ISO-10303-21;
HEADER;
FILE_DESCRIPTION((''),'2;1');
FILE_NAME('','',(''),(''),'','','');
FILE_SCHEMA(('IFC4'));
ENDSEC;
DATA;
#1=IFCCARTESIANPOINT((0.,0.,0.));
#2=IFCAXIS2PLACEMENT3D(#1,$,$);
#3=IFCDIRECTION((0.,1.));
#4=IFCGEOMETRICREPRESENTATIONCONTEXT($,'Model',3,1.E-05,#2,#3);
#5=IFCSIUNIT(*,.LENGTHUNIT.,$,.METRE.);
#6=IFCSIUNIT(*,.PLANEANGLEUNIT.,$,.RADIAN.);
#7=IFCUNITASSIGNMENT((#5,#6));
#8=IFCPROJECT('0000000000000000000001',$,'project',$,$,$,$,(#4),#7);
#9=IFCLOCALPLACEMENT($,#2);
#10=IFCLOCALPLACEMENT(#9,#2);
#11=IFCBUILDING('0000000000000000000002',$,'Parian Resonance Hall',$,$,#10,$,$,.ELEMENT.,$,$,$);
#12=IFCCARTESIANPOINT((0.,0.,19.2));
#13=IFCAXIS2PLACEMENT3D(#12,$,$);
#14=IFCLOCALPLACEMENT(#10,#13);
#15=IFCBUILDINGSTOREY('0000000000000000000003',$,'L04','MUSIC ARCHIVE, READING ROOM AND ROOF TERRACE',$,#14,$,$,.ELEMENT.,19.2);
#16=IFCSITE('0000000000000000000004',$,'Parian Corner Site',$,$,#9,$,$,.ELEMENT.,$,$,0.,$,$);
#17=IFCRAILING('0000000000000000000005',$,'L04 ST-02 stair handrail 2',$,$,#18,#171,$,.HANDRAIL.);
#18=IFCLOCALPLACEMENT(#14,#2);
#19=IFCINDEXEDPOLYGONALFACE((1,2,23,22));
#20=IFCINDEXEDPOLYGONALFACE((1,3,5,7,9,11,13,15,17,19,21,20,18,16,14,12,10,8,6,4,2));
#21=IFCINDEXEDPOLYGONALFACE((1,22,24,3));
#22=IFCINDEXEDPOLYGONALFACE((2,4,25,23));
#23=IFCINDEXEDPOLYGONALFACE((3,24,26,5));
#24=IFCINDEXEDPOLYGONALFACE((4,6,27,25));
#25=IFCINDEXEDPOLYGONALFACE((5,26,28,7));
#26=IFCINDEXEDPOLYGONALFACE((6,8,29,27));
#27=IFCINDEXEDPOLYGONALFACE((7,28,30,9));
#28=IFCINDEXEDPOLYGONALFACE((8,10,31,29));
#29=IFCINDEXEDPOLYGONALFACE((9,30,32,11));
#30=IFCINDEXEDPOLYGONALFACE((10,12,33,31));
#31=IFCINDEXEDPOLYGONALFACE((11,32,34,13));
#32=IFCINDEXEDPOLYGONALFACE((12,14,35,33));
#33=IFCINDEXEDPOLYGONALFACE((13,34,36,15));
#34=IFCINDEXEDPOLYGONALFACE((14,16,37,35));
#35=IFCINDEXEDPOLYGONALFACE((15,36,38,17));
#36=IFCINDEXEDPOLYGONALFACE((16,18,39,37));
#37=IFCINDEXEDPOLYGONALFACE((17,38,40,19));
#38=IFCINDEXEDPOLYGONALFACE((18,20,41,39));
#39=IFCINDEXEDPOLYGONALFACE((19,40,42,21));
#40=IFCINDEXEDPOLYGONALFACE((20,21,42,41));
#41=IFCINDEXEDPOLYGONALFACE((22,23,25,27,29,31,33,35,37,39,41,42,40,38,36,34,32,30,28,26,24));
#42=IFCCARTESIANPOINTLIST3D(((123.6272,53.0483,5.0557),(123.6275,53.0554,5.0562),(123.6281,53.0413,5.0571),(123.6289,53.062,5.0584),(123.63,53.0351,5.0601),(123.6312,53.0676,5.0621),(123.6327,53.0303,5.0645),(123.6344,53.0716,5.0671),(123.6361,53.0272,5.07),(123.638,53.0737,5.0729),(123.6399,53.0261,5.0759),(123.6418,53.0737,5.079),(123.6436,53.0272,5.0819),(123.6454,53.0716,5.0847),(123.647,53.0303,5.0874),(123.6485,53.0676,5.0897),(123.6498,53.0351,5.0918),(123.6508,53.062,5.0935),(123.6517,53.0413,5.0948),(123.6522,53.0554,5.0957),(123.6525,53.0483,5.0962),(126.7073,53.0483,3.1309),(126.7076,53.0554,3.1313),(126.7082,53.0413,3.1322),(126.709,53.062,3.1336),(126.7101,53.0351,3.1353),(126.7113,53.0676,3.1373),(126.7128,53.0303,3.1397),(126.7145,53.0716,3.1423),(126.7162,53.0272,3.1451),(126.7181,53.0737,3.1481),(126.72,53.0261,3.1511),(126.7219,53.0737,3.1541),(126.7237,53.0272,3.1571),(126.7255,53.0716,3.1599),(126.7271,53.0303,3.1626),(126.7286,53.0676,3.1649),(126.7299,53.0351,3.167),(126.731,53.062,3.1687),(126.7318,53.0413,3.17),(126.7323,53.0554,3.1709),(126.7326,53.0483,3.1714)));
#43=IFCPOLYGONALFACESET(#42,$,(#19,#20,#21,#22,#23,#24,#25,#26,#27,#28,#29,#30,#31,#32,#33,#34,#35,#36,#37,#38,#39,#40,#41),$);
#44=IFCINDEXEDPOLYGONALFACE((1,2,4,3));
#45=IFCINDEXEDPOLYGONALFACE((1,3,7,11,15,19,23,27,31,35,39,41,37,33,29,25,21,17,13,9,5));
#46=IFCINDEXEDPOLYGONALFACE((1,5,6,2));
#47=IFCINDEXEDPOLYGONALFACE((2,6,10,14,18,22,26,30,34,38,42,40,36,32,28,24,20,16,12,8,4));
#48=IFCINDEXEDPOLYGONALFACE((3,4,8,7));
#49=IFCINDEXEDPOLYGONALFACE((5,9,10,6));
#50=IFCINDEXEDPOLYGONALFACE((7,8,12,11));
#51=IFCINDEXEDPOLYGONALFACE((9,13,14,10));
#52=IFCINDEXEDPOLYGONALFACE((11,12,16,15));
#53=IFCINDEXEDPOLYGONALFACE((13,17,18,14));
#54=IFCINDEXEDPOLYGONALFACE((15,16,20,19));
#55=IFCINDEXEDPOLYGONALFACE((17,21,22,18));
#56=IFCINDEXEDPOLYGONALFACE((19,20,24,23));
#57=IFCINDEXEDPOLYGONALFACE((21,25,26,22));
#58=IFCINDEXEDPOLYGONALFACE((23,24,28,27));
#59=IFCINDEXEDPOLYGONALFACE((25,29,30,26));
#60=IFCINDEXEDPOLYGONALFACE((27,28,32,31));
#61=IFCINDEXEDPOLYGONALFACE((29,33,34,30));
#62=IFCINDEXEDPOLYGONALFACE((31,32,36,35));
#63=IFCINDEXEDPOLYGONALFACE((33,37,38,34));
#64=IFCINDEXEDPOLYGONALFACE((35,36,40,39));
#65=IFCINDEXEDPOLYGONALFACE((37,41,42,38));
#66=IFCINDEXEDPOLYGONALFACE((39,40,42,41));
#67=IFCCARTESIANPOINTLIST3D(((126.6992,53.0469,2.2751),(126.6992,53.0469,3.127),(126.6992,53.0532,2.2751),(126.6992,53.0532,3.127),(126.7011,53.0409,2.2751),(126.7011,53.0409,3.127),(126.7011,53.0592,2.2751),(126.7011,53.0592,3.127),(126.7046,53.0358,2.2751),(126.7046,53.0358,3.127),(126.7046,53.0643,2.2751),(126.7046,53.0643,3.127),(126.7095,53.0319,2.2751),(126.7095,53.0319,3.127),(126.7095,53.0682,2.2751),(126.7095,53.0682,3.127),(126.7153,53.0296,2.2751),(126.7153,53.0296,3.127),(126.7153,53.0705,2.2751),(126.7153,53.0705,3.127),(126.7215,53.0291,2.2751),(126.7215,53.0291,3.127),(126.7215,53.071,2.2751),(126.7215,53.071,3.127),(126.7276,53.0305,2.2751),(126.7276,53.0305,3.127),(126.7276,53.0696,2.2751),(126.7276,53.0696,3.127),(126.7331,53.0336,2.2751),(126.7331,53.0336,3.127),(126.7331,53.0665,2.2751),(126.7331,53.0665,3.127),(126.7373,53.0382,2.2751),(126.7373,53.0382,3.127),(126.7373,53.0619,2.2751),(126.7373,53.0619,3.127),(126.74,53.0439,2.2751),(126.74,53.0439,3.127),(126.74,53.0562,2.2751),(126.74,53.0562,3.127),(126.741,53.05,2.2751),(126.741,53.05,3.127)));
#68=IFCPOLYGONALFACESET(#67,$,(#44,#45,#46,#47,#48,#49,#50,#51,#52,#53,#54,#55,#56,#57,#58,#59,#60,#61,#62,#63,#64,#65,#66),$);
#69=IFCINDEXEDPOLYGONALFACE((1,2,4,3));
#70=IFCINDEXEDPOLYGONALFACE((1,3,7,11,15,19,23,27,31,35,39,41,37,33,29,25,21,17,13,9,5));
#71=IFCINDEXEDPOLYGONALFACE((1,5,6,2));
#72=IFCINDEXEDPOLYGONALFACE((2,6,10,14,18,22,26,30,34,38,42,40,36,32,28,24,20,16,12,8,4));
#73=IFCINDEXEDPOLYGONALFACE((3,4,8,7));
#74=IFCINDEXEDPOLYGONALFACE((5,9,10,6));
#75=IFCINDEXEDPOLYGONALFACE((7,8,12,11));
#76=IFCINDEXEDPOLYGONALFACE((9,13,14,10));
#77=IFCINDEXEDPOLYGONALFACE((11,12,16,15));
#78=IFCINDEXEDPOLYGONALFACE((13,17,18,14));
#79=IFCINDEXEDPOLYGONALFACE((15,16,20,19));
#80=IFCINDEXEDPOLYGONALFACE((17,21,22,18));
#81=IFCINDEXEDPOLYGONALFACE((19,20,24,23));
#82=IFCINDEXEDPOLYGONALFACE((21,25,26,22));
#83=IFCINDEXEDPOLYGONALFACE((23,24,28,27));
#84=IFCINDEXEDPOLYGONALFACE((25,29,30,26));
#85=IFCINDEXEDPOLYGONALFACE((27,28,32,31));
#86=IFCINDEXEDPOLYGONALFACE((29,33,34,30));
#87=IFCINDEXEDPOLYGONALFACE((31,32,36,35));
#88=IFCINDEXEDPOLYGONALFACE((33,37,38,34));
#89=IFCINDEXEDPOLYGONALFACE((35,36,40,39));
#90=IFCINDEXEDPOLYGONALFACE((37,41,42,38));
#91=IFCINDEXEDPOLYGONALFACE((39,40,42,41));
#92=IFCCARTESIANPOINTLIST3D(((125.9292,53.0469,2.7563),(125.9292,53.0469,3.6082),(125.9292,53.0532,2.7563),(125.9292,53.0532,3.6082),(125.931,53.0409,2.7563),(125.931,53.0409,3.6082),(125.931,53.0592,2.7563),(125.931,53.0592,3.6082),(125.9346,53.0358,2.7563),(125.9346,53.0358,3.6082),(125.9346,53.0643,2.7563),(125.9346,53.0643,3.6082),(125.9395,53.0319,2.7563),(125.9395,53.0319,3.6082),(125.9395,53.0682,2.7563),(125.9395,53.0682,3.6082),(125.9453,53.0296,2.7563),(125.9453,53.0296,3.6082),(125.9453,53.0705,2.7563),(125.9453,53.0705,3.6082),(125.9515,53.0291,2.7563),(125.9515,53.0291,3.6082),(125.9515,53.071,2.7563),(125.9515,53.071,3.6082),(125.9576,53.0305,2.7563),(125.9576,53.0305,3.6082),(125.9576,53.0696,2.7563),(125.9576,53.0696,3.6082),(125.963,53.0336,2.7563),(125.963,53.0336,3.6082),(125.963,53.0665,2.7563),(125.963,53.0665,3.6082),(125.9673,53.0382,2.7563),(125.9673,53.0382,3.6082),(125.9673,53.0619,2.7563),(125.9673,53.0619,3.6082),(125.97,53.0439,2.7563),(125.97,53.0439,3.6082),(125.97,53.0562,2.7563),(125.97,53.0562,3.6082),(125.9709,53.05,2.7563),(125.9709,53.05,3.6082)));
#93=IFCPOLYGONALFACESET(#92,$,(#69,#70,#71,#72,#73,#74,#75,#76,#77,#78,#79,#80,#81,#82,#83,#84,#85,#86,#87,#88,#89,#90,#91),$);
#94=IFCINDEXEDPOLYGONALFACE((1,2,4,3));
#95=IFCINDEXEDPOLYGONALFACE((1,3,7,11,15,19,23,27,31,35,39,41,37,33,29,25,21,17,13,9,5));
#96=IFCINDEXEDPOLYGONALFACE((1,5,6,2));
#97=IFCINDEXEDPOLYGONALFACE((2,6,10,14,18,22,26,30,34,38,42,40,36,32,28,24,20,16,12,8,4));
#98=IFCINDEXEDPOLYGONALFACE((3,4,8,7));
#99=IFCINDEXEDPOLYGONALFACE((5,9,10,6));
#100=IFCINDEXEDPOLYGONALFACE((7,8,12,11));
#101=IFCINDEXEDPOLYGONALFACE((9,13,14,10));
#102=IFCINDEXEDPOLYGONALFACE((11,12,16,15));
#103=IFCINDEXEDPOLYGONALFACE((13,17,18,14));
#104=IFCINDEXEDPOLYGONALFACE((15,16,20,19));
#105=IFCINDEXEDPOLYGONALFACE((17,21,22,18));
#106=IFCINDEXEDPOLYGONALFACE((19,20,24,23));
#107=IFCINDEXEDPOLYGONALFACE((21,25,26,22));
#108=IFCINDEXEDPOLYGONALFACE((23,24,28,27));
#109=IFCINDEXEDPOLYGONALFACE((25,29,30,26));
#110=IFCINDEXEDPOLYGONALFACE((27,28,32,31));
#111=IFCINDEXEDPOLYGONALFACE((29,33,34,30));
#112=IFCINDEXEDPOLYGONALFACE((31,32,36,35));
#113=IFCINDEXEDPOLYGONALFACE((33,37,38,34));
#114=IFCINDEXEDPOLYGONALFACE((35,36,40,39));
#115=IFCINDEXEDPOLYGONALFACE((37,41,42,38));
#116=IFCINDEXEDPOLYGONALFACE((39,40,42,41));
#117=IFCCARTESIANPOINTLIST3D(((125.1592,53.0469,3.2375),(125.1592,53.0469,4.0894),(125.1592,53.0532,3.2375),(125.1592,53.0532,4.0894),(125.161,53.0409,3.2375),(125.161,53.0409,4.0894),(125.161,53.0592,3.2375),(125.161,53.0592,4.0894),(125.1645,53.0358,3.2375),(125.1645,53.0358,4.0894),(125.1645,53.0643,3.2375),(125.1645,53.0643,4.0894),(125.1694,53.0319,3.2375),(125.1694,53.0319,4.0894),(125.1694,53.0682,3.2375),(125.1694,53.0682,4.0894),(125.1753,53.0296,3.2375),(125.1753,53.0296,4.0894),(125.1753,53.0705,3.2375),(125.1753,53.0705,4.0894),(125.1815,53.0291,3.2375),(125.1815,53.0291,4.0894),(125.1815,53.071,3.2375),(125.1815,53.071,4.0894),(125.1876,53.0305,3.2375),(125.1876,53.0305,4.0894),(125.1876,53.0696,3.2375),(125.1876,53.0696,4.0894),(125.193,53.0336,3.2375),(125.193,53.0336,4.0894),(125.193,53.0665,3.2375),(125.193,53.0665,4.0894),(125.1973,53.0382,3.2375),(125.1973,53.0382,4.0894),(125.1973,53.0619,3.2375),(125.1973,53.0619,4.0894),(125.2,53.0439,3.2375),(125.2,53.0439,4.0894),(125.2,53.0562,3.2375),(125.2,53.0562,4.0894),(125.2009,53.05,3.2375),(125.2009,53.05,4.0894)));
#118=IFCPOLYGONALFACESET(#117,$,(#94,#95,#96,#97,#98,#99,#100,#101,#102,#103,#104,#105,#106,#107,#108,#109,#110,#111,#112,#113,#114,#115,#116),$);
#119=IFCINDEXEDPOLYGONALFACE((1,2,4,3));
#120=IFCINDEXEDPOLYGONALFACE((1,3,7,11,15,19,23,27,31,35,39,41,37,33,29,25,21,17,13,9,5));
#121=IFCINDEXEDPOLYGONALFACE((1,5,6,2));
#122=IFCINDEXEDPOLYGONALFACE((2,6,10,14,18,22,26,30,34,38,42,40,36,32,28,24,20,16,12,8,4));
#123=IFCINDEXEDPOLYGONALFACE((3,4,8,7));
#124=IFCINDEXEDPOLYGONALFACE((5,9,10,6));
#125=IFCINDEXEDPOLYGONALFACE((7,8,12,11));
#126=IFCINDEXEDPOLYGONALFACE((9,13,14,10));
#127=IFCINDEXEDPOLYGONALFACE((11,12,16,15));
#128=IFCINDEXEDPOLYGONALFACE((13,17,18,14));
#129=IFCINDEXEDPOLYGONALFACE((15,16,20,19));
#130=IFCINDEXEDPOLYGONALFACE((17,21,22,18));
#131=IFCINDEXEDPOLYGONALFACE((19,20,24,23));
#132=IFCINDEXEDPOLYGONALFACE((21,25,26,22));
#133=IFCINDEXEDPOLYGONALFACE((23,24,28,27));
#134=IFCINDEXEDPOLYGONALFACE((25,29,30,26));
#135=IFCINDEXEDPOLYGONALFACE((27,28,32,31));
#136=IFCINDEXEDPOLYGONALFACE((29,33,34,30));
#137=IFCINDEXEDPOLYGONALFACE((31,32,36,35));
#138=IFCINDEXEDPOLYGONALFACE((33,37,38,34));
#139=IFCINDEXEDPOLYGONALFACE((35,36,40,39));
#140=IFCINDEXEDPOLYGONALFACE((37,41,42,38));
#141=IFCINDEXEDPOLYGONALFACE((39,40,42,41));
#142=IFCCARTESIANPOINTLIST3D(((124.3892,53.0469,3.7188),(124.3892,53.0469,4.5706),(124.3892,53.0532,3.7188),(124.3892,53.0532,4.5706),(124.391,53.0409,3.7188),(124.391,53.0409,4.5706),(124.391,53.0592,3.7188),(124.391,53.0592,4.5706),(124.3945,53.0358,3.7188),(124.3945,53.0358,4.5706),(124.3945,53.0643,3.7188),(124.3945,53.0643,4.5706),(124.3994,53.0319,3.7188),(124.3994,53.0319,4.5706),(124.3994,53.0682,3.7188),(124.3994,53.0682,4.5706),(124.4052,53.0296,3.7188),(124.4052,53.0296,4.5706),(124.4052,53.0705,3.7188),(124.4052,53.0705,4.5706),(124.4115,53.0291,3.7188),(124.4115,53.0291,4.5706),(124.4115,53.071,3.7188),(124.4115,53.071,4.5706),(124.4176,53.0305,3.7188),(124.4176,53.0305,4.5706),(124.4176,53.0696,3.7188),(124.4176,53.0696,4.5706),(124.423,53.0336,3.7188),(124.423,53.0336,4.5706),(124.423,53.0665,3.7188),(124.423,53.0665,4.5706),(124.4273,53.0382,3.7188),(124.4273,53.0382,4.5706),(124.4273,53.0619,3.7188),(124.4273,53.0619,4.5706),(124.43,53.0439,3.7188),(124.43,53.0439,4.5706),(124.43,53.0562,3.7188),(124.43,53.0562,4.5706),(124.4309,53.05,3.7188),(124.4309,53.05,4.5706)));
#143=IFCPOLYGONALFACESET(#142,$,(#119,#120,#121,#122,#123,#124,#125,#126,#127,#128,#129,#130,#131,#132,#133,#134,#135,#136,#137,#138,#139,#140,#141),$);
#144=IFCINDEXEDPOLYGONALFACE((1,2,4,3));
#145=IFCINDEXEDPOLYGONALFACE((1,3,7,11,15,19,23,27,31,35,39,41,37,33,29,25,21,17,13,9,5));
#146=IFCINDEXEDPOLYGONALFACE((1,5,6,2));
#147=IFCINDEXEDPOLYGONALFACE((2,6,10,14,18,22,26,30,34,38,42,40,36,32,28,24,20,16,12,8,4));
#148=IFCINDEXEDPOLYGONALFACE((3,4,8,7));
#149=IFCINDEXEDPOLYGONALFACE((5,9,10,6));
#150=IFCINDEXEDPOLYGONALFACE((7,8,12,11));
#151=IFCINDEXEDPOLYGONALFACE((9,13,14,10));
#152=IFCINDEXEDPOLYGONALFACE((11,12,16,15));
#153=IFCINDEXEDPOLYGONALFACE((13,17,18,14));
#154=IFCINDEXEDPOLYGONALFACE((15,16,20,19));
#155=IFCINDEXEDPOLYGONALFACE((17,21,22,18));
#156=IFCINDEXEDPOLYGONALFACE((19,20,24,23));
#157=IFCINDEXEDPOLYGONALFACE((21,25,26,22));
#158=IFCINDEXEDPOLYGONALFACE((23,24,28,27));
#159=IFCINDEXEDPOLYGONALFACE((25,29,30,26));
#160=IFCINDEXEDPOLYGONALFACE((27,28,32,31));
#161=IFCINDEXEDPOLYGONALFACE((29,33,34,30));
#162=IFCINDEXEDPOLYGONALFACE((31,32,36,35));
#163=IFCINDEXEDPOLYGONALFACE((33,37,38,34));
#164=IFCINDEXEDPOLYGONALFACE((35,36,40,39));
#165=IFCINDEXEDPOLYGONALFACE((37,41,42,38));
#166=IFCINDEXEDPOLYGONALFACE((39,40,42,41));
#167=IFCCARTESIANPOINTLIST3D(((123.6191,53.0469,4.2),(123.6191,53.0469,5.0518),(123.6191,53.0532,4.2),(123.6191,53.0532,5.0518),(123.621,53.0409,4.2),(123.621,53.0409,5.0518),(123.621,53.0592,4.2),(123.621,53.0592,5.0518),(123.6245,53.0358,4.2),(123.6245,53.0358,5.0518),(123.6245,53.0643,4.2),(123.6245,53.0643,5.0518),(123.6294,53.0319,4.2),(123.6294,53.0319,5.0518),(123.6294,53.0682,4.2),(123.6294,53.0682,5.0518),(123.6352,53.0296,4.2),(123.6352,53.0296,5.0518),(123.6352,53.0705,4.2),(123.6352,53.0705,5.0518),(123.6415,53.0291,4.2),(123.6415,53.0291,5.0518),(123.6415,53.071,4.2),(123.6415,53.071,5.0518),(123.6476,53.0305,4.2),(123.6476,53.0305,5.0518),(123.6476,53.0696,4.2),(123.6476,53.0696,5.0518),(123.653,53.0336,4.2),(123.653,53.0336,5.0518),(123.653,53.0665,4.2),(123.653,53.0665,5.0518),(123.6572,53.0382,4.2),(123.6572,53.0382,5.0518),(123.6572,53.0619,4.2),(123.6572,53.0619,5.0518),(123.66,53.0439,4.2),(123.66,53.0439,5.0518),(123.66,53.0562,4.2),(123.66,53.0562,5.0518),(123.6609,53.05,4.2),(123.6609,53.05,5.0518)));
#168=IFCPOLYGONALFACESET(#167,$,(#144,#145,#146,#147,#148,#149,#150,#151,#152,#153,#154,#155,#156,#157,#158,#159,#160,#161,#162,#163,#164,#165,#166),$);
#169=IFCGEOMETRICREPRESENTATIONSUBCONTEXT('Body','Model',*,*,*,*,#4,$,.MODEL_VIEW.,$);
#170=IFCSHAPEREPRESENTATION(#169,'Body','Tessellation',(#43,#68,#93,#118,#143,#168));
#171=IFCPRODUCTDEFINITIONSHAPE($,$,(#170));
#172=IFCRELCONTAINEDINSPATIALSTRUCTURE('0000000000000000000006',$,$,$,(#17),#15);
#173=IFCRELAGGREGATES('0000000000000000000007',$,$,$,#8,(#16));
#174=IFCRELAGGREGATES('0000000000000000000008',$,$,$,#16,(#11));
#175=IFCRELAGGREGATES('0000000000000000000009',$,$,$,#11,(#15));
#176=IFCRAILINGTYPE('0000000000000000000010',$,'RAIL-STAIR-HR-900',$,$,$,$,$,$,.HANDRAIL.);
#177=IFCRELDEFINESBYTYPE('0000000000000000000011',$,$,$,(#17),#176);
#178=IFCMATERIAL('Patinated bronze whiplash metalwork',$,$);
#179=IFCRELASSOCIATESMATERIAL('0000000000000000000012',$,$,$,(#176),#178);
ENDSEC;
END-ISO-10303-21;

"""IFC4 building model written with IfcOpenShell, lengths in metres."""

from ifc_helpers import new_model, si_unit, direction, frame, origin, origin_2d, place, context, subcontext, project, spatial, circle, extrude, material, type_object, element, save


model = new_model("IFC4")

# Units and contexts
model_context = context("Model", 3, precision=1e-05, world=origin(), true_north=direction((0.0, 1.0)))
body_context = subcontext(model_context, "Body", "Model", "MODEL_VIEW")
ifc_project = project(units=[si_unit("LENGTHUNIT", "METRE"), si_unit("PLANEANGLEUNIT", "RADIAN")], contexts=[model_context])

# Site, building, storey
site_placement = place(None, origin())
site = spatial("IfcSite", under=ifc_project, at=site_placement, Name="Parian Corner Site", CompositionType="ELEMENT", RefElevation=0.0)
building_placement = place(site_placement, origin())
building = spatial("IfcBuilding", under=site, at=building_placement, Name="Parian Resonance Hall", CompositionType="ELEMENT")
storey_placement = place(building_placement, frame((0.0, 0.0, 19.2)))
storey = spatial("IfcBuildingStorey", under=building, at=storey_placement, Name="L04", Description="MUSIC ARCHIVE, READING ROOM AND ROOF TERRACE", CompositionType="ELEMENT", Elevation=19.2)

# Railing
ifc_material_1 = material(Name="Patinated bronze whiplash metalwork")
railing_type_1 = type_object("IfcRailingType", Name="RAIL-STAIR-HR-900", PredefinedType="HANDRAIL", material=ifc_material_1)
railing_1_placement = place(storey_placement, frame((126.72, 53.05, 2.2751)))
element("IfcRailing", 1, at=railing_1_placement, inside=storey, type_object=railing_type_1, Name="L04 ST-02 stair handrail 2", PredefinedType="HANDRAIL", context=body_context, shape_type="SweptSolid", body=[
    extrude(circle(Radius=0.0239, at=origin_2d()), frame((0.0, 0.0, 0.876), z_axis=(-0.848029, 0.0, 0.529951), x_axis=(0.0, -1.0, 0.0)), (0.0, 0.0, 1.0), 3.6321),
    extrude(circle(Radius=0.021, at=origin_2d()), origin(), (0.0, 0.0, 1.0), 0.8518),
    extrude(circle(Radius=0.021, at=origin_2d()), frame((-0.77, 0.0, 0.4812)), (0.0, 0.0, 1.0), 0.8518),
    extrude(circle(Radius=0.021, at=origin_2d()), frame((-1.54, 0.0, 0.9624)), (0.0, 0.0, 1.0), 0.8518),
    extrude(circle(Radius=0.021, at=origin_2d()), frame((-2.3101, 0.0, 1.4436)), (0.0, 0.0, 1.0), 0.8518),
    extrude(circle(Radius=0.021, at=origin_2d()), frame((-3.0801, 0.0, 1.9248)), (0.0, 0.0, 1.0), 0.8518),
])

save(model, "model.ifc")
